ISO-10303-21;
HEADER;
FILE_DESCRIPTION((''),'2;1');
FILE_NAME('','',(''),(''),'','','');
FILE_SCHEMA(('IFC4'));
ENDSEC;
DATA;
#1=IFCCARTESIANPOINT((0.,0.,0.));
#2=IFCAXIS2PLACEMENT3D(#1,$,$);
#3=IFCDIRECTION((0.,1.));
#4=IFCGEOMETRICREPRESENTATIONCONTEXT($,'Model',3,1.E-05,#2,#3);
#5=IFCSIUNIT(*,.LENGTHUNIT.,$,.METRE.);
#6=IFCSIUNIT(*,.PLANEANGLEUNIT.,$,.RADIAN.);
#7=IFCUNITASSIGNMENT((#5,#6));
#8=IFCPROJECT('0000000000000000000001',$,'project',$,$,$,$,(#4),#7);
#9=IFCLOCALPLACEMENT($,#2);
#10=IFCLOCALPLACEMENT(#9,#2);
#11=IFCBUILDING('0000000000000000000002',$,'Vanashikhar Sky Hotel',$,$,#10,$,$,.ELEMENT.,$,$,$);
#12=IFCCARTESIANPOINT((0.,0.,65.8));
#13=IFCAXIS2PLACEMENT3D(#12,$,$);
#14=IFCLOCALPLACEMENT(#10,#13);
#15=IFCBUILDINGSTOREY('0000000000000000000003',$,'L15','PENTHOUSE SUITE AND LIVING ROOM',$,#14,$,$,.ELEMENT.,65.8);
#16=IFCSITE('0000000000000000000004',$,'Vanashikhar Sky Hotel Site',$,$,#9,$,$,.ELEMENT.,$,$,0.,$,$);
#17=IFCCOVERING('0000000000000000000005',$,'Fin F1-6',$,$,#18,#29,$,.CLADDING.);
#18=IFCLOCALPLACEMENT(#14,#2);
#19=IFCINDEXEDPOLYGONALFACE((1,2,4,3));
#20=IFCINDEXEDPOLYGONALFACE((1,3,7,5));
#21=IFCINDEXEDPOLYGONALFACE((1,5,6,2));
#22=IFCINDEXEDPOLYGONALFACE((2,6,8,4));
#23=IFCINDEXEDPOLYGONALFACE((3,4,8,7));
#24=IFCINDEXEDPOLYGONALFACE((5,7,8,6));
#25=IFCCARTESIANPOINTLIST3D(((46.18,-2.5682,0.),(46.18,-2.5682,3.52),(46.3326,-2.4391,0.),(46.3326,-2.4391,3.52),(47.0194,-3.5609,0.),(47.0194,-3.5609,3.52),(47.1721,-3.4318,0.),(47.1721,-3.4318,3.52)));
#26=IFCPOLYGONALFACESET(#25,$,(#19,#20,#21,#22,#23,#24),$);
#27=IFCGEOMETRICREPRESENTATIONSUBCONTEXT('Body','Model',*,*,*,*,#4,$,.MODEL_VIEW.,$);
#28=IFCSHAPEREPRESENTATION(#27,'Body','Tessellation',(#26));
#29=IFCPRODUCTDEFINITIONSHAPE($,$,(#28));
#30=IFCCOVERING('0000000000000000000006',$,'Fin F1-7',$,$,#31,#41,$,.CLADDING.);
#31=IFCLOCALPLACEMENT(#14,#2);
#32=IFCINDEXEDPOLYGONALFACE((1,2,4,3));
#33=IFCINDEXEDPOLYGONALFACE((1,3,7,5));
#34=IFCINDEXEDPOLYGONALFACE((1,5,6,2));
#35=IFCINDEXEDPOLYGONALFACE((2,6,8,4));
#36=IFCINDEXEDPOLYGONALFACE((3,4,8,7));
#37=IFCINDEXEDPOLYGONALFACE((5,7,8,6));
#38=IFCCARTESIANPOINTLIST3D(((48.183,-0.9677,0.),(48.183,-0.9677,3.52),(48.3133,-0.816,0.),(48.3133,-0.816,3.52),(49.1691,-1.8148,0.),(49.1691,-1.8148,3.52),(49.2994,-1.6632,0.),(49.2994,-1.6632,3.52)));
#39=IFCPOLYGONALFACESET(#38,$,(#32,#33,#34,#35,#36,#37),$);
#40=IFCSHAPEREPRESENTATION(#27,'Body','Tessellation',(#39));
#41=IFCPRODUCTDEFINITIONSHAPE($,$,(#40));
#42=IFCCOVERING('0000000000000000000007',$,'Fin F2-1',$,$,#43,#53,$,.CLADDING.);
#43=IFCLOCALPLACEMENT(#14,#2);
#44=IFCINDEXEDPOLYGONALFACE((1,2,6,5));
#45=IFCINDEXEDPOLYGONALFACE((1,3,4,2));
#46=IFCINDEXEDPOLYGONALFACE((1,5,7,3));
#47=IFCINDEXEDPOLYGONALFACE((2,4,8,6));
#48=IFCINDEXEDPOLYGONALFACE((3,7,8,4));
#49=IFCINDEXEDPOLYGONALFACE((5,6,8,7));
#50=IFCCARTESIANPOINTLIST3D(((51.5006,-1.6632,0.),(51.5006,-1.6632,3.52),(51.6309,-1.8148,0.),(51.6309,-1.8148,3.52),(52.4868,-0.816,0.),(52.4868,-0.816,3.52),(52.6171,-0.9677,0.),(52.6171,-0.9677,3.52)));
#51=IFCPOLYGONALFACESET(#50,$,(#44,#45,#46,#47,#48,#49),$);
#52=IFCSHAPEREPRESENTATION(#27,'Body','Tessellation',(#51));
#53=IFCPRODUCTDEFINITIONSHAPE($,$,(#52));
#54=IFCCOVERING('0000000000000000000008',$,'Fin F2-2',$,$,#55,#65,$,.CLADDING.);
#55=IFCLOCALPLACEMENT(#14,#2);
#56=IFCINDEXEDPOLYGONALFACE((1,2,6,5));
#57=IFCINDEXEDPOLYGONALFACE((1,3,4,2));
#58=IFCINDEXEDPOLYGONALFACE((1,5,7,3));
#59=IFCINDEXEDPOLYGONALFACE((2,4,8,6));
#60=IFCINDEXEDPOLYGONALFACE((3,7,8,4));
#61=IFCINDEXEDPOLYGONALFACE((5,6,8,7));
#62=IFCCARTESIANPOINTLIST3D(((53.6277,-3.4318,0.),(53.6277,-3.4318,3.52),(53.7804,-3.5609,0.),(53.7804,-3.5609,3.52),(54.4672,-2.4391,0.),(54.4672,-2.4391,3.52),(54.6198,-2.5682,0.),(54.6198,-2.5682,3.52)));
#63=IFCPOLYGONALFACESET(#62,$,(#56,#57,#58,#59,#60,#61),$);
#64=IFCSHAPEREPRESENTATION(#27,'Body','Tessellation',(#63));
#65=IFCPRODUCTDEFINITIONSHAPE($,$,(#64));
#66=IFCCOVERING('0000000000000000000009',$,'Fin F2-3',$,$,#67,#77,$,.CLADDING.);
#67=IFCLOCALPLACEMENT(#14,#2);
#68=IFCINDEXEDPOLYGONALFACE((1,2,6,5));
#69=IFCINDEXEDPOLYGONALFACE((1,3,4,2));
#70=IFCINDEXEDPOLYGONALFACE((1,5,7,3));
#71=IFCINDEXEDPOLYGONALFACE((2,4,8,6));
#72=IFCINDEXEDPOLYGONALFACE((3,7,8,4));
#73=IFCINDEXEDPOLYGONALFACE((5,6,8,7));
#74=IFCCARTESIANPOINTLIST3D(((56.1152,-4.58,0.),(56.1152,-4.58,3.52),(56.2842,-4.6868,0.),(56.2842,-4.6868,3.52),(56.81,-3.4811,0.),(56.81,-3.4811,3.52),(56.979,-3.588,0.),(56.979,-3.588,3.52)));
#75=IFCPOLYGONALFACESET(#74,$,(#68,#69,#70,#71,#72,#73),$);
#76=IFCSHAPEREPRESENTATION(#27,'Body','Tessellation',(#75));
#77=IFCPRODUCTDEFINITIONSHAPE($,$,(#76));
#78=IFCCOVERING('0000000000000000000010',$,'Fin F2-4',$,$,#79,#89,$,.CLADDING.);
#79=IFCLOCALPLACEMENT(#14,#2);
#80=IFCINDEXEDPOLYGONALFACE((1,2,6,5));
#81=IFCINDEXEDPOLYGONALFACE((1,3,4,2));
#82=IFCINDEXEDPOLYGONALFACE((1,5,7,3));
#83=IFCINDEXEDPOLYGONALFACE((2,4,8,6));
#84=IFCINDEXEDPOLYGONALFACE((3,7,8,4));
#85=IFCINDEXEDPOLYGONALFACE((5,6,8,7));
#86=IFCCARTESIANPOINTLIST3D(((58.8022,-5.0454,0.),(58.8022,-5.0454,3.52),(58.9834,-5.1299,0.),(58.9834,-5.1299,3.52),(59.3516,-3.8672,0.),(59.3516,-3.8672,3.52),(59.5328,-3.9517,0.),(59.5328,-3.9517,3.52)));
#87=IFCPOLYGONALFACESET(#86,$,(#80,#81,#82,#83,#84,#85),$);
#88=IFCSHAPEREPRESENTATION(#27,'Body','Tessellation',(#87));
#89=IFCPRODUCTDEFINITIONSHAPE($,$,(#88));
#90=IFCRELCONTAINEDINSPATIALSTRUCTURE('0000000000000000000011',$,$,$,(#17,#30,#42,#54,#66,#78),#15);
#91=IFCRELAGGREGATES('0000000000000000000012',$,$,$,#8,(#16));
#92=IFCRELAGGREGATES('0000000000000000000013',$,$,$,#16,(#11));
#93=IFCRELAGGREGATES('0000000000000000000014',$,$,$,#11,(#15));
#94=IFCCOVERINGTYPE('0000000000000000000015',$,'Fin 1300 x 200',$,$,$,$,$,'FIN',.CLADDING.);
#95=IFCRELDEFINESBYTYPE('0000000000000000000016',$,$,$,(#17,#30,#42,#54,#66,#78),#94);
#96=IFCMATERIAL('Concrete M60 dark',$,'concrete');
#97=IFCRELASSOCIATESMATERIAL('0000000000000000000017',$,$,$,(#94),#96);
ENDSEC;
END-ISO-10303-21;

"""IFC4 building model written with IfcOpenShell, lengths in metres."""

from ifc_helpers import new_model, si_unit, direction, frame, origin, origin_2d, place, context, subcontext, project, spatial, rectangle, extrude, source, transform, mapped, material, material_profile, profile_set, type_object, element, save


model = new_model("IFC4")

# Units and contexts
model_context = context("Model", 3, precision=1e-05, world=origin(), true_north=direction((0.0, 1.0)))
body_context = subcontext(model_context, "Body", "Model", "MODEL_VIEW")
ifc_project = project(units=[si_unit("LENGTHUNIT", "METRE"), si_unit("PLANEANGLEUNIT", "RADIAN")], contexts=[model_context])

# Site, building, storey
site_placement = place(None, origin())
site = spatial("IfcSite", under=ifc_project, at=site_placement, Name="Vanashikhar Sky Hotel Site", CompositionType="ELEMENT", RefElevation=0.0)
building_placement = place(site_placement, origin())
building = spatial("IfcBuilding", under=site, at=building_placement, Name="Vanashikhar Sky Hotel", CompositionType="ELEMENT")
storey_placement = place(building_placement, frame((0.0, 0.0, 65.8)))
storey = spatial("IfcBuildingStorey", under=building, at=storey_placement, Name="L15", Description="PENTHOUSE SUITE AND LIVING ROOM", CompositionType="ELEMENT", Elevation=65.8)

# Coverings
ifc_material_1 = material(Name="Concrete M60 dark", Category="concrete")
ifc_material_profile = material_profile(ifc_material_1, rectangle(XDim=1.3, YDim=0.2, at=origin_2d()))
ifc_profile_set = profile_set([ifc_material_profile], Name="Fin 1300 x 200")
covering_type = type_object("IfcCoveringType", Name="Fin 1300 x 200", ElementType="FIN", PredefinedType="CLADDING", material=ifc_profile_set)
shared_shape_1 = source(origin(), body_context, "Body", "SweptSolid", [
    extrude(rectangle(XDim=1.3, YDim=0.2, at=origin_2d()), origin(), (0.0, 0.0, 1.0), 3.52),
])
for number, where, z_axis, x_axis, name in (
    (1, (46.676, -3.0, 0.0), (0.0, 0.0, 1.0), (0.645698, -0.763593, 0.0), "Fin F1-6"),
    (2, (48.7412, -1.3154, 0.0), (0.0, 0.0, 1.0), (0.758544, -0.651622, 0.0), "Fin F1-7"),
    (3, (52.0588, -1.3154, 0.0), (0.0, 0.0, 1.0), (-0.758544, -0.651622, 0.0), "Fin F2-1"),
    (4, (54.1238, -3.0, 0.0), (0.0, 0.0, 1.0), (-0.645698, -0.763593, 0.0), "Fin F2-2"),
    (5, (56.5471, -4.084, 0.0), (0.0, 0.0, 1.0), (-0.534411, -0.845225, 0.0), "Fin F2-3"),
    (6, (59.1675, -4.4985, 0.0), (0.0, 0.0, 1.0), (-0.422618, -0.906308, 0.0), "Fin F2-4"),
):
    element("IfcCovering", number, at=place(storey_placement, frame(where, z_axis=z_axis, x_axis=x_axis)), inside=storey, type_object=covering_type, Name=name, PredefinedType="CLADDING", context=body_context, shape_type="MappedRepresentation", body=[
        mapped(shared_shape_1, transform((0.0, 0.0, 0.0), scale=1.0)),
    ])

save(model, "model.ifc")
